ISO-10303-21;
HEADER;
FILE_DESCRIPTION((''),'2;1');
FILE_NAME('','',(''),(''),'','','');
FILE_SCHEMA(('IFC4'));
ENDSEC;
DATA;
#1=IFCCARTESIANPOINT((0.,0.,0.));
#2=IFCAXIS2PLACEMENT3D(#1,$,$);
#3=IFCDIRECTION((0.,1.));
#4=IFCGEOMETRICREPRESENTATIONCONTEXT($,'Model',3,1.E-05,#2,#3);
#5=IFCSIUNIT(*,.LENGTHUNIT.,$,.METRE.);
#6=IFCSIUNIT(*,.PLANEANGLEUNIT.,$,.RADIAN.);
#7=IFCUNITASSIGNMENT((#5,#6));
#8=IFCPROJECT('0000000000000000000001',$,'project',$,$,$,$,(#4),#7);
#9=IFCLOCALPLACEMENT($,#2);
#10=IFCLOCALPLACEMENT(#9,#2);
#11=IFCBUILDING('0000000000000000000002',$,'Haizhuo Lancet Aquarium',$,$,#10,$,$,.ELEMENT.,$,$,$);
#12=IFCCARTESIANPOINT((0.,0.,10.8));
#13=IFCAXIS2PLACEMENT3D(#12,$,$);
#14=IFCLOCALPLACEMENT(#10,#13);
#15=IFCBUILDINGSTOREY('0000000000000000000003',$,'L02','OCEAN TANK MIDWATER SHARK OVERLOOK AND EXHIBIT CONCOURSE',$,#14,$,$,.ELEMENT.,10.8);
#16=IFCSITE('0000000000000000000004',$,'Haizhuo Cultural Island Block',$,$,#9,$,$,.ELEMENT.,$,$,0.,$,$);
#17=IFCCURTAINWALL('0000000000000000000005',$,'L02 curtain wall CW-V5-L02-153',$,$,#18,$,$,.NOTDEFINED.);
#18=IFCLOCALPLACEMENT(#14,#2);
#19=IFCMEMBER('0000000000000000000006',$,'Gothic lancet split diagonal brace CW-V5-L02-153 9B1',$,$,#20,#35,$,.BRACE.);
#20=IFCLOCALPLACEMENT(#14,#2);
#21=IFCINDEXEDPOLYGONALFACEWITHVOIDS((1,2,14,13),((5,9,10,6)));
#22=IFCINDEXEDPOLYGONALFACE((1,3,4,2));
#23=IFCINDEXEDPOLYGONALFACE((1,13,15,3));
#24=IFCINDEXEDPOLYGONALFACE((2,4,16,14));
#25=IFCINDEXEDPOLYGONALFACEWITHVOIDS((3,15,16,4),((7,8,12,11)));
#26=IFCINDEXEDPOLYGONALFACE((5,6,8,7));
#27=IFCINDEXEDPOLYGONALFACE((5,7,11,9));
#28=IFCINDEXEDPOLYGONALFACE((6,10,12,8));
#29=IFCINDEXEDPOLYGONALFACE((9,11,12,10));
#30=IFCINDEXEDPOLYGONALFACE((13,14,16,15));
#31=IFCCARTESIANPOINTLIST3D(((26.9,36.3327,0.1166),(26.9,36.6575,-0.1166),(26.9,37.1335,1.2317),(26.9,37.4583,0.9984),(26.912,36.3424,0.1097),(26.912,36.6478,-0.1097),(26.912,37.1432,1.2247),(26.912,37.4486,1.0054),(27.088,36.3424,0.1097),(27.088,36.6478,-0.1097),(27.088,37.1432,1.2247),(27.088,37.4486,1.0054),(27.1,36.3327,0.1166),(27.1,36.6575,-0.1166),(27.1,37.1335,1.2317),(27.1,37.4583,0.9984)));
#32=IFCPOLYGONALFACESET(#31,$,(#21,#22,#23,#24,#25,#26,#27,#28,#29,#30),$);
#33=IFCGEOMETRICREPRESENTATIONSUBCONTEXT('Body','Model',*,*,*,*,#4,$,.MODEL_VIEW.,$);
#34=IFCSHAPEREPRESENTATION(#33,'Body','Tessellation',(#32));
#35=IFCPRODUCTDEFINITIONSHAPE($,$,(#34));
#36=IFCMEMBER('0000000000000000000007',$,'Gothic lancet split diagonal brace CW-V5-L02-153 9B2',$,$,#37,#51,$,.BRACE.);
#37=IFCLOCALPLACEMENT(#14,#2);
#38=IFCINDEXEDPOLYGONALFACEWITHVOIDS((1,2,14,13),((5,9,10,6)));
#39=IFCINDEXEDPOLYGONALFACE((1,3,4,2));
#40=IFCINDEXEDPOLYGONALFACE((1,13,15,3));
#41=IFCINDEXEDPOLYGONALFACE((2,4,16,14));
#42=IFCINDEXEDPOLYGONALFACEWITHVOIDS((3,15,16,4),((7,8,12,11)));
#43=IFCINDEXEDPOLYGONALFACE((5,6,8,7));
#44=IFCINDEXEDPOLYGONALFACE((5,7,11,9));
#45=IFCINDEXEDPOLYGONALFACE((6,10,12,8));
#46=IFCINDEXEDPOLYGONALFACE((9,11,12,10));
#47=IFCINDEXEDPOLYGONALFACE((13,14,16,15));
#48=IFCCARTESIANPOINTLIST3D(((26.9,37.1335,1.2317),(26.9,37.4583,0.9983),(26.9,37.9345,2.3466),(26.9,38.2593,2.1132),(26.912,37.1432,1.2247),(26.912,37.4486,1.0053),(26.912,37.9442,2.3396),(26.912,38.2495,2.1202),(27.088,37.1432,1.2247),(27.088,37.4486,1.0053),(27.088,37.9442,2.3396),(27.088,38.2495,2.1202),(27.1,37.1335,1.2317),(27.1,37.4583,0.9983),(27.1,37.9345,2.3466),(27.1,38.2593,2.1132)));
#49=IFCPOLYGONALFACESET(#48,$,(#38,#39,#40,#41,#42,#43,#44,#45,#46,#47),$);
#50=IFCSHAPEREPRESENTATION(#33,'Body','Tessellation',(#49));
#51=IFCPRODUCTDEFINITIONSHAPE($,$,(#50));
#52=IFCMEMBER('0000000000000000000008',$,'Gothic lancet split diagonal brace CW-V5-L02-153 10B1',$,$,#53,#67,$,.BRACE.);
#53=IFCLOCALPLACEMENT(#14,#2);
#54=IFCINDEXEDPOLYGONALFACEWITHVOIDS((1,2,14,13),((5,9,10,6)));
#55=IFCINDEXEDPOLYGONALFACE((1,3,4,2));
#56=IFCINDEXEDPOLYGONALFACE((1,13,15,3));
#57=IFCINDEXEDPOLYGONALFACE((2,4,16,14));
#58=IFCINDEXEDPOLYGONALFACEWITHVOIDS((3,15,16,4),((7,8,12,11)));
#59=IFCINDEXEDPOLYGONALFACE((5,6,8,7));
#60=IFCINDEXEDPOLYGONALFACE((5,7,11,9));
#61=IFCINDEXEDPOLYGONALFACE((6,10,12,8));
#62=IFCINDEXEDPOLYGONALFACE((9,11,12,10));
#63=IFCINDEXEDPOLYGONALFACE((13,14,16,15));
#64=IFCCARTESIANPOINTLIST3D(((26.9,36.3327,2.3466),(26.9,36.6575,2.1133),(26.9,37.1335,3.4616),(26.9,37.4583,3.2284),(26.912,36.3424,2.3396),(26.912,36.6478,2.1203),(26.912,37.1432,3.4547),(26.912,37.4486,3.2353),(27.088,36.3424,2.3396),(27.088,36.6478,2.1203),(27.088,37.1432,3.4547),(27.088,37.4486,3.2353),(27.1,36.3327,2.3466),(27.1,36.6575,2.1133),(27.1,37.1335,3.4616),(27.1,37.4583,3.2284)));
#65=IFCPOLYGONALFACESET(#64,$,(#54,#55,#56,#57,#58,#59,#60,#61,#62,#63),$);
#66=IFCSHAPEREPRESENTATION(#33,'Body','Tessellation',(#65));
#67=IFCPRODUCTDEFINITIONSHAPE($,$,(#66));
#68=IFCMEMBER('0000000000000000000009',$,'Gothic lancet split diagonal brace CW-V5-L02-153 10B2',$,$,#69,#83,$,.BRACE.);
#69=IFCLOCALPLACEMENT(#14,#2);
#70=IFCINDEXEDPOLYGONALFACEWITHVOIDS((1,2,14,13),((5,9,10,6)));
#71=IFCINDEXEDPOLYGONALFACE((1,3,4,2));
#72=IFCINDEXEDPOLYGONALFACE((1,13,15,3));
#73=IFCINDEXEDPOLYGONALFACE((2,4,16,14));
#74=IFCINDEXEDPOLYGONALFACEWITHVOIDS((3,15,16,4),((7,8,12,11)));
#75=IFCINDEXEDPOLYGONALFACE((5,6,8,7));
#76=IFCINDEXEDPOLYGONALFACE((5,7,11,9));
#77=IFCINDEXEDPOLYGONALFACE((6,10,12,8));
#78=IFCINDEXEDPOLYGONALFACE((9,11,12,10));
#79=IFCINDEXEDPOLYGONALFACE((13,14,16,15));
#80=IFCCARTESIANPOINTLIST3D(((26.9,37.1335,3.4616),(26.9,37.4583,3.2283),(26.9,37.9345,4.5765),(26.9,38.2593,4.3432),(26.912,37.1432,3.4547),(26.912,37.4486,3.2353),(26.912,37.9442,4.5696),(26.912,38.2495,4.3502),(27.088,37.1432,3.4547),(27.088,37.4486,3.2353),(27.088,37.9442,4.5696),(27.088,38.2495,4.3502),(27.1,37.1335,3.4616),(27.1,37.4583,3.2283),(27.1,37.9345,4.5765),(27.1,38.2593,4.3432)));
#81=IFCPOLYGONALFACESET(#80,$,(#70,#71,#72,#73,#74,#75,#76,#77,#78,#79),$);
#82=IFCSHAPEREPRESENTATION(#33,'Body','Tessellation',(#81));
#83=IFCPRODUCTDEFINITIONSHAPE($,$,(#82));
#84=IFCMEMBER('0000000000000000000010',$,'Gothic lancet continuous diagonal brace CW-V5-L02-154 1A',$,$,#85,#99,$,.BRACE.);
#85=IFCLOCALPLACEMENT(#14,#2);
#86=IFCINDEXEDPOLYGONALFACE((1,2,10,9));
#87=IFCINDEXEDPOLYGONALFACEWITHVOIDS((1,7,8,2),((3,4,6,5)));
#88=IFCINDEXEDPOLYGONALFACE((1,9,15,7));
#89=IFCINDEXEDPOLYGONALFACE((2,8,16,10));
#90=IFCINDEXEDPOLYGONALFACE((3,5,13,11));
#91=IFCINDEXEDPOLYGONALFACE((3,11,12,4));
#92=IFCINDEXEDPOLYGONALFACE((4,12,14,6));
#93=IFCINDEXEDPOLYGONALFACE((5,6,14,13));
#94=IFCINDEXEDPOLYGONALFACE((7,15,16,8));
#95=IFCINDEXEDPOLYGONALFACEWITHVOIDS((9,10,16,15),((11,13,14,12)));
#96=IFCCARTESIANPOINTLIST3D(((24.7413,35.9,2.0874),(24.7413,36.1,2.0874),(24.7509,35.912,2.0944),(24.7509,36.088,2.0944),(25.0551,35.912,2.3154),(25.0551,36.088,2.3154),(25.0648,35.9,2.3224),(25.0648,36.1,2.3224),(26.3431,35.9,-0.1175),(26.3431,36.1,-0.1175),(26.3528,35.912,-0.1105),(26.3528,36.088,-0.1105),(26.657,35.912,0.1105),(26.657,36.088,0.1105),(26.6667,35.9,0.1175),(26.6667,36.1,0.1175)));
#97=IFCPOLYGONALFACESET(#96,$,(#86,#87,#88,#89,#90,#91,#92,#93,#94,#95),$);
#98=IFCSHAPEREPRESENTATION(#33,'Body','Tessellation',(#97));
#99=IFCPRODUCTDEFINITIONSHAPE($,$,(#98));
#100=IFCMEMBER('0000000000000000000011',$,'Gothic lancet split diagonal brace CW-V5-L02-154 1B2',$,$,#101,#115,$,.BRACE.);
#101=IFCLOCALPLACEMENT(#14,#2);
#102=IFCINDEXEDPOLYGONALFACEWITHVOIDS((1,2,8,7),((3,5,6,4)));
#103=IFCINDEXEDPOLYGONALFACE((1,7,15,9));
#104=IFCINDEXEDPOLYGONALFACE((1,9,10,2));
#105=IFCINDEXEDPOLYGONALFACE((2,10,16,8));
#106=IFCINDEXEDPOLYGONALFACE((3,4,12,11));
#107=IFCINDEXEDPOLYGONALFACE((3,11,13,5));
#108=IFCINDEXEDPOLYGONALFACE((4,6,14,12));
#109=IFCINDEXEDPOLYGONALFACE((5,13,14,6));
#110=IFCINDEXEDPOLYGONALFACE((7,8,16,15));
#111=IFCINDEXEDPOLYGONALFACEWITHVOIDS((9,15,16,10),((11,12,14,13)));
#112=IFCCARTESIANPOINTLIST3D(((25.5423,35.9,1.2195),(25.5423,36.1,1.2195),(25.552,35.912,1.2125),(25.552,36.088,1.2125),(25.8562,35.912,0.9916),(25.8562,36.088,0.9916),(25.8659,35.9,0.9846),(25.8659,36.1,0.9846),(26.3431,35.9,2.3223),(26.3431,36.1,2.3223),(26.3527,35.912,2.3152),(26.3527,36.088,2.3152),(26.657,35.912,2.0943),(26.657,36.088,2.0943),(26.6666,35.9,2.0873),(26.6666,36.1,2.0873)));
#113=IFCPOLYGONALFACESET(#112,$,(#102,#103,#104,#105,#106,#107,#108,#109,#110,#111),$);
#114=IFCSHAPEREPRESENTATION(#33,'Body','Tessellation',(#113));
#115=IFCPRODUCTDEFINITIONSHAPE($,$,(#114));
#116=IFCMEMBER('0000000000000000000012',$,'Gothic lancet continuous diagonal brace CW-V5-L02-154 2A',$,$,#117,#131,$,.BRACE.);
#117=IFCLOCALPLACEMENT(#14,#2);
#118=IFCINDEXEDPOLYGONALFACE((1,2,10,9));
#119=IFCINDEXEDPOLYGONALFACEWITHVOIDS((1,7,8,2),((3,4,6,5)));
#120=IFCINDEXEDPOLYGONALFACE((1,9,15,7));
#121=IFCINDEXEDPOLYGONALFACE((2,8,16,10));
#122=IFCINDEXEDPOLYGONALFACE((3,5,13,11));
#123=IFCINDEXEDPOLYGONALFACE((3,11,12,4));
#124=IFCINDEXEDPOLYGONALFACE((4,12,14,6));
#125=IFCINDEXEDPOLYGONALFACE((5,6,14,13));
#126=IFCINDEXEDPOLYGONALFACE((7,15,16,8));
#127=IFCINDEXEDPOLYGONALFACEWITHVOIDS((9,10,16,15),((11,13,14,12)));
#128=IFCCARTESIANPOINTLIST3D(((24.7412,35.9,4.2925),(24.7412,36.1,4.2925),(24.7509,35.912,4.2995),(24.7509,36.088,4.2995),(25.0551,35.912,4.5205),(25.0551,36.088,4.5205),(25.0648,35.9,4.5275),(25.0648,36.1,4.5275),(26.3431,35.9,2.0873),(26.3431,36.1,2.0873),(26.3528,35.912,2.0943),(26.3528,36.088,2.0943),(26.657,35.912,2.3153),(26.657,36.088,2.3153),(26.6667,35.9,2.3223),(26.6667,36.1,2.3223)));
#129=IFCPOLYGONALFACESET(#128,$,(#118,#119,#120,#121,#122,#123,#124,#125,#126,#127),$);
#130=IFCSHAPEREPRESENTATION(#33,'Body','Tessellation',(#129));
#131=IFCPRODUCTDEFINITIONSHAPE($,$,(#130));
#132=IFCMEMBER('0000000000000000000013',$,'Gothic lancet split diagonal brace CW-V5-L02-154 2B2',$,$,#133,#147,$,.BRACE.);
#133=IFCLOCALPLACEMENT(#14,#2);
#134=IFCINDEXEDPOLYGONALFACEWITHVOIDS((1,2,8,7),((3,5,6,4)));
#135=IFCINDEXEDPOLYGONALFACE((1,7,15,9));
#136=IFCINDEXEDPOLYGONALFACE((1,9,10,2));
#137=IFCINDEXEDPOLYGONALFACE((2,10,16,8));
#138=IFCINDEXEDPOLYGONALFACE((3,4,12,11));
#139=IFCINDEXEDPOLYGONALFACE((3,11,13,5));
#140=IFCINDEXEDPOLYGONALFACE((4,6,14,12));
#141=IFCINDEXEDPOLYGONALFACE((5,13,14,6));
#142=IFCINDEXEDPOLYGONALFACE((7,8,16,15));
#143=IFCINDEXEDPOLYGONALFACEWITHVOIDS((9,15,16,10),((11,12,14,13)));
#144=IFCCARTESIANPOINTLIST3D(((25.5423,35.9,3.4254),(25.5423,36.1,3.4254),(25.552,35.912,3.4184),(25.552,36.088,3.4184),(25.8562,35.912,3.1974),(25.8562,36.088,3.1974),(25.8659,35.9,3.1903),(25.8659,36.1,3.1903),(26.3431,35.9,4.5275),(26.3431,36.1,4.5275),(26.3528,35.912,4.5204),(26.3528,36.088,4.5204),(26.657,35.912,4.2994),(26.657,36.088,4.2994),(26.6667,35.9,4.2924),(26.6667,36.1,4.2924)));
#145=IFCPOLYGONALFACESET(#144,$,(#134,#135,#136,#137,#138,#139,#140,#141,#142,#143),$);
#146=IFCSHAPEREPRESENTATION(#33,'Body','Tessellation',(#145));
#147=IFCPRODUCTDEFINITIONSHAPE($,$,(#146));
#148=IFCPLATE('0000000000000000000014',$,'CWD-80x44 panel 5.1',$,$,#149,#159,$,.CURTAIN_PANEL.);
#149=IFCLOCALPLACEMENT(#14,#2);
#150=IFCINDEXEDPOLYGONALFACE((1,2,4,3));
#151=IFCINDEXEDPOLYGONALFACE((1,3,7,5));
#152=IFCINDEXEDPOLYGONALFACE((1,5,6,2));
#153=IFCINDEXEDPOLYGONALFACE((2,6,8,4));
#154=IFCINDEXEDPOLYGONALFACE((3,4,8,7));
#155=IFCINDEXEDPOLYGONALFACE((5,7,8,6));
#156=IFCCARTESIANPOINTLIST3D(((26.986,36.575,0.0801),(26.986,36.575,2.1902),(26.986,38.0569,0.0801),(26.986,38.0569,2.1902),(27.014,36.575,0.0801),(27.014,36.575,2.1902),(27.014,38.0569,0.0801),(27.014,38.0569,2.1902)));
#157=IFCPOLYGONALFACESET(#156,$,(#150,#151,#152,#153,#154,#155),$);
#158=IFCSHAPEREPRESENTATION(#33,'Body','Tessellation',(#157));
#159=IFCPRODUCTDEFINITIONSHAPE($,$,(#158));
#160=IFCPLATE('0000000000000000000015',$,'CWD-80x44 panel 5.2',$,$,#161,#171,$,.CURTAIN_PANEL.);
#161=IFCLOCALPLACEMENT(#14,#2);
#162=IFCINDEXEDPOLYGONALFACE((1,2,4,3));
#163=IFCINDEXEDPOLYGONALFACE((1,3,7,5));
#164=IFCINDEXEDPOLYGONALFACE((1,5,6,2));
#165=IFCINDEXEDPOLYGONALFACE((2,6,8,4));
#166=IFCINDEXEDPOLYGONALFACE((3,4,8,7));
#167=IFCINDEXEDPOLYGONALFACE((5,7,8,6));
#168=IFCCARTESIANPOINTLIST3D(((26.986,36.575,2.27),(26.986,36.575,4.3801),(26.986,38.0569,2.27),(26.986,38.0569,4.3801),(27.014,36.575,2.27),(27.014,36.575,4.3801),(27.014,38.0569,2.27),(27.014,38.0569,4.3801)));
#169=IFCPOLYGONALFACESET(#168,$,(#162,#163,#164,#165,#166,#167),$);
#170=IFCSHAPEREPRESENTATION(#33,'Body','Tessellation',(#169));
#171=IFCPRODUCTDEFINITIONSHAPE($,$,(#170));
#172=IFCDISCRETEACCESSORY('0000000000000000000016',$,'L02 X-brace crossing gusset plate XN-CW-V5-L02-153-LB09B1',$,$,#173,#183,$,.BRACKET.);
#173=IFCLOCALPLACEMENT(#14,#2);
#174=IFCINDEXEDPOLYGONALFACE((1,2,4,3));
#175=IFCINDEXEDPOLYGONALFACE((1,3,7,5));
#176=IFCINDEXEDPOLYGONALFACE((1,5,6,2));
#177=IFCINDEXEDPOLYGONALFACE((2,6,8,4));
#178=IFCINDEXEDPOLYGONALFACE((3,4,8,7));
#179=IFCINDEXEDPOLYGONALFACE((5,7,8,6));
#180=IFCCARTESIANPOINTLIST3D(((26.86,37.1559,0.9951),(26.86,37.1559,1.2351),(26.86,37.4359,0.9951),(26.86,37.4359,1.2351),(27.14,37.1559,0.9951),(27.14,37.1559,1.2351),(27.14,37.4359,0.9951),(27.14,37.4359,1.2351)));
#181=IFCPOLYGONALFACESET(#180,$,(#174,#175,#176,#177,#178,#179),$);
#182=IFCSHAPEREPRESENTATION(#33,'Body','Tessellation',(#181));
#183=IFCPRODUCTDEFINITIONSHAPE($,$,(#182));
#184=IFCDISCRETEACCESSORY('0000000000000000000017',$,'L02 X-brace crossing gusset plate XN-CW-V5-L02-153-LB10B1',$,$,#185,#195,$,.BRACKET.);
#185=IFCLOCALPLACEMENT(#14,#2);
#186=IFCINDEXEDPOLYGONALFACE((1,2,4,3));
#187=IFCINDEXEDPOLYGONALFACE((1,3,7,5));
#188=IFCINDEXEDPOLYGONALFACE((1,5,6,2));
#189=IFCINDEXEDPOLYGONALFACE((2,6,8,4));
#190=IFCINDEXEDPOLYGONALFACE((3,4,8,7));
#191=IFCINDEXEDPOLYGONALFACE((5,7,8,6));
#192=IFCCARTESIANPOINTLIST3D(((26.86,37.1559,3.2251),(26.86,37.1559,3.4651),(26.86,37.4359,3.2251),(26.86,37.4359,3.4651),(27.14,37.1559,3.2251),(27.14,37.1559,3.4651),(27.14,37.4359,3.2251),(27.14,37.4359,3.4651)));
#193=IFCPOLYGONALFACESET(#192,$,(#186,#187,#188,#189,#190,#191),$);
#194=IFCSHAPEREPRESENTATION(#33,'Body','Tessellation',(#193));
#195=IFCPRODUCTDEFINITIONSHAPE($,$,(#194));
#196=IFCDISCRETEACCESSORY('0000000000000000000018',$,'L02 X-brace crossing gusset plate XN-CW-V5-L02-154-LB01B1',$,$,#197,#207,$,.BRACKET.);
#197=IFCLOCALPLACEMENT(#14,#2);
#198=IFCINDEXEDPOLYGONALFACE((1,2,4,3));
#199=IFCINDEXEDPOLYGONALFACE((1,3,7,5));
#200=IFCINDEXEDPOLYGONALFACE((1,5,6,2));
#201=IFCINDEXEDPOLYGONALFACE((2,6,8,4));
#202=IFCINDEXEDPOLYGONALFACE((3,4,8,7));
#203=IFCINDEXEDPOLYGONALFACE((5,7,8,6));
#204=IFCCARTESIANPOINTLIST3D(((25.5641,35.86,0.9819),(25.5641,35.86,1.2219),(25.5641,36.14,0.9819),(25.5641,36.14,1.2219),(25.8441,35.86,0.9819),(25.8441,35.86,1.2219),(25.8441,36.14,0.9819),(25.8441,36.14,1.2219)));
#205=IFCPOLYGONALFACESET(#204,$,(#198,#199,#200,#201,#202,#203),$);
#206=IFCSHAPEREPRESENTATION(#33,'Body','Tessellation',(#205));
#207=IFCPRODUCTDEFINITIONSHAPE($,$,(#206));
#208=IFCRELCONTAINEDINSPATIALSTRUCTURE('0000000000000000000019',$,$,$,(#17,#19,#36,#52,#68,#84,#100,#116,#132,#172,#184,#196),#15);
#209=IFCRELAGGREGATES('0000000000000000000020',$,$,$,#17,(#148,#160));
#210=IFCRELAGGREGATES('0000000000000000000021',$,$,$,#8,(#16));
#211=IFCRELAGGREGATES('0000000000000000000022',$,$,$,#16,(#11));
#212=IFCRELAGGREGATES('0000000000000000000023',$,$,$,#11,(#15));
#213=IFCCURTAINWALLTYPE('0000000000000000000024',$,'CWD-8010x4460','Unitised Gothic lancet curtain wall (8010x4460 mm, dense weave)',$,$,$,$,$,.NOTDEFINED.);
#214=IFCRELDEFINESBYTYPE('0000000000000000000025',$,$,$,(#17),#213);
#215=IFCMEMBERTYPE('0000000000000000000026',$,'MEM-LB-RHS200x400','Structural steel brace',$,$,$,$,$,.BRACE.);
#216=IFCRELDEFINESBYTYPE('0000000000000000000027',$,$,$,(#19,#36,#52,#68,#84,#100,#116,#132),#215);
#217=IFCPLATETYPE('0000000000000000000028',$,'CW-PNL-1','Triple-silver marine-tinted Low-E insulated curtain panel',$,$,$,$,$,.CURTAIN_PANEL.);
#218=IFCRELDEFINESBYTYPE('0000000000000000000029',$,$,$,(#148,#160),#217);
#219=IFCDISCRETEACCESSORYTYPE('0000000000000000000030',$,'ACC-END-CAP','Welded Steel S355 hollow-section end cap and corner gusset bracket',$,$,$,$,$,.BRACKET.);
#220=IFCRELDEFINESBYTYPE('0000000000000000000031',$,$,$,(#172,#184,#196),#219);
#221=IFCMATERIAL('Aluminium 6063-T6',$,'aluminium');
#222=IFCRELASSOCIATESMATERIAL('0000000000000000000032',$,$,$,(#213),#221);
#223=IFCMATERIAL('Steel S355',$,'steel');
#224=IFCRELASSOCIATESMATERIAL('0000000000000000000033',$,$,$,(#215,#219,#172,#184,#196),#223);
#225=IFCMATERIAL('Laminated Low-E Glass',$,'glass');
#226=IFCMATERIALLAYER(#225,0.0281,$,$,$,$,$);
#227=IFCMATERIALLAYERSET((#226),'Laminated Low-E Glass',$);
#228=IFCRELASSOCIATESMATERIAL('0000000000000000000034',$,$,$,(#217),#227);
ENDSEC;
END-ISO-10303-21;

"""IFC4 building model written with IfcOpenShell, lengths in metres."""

from ifc_helpers import new_model, si_unit, direction, frame, origin, origin_2d, place, context, subcontext, project, spatial, rectangle, hollow_rectangle, extrude, material, layer, layer_set, material_profile, profile_set, type_object, element, aggregate, save


model = new_model("IFC4")

# Units and contexts
model_context = context("Model", 3, precision=1e-05, world=origin(), true_north=direction((0.0, 1.0)))
body_context = subcontext(model_context, "Body", "Model", "MODEL_VIEW")
ifc_project = project(units=[si_unit("LENGTHUNIT", "METRE"), si_unit("PLANEANGLEUNIT", "RADIAN")], contexts=[model_context])

# Site, building, storey
site_placement = place(None, origin())
site = spatial("IfcSite", under=ifc_project, at=site_placement, Name="Haizhuo Cultural Island Block", CompositionType="ELEMENT", RefElevation=0.0)
building_placement = place(site_placement, origin())
building = spatial("IfcBuilding", under=site, at=building_placement, Name="Haizhuo Lancet Aquarium", CompositionType="ELEMENT")
storey_placement = place(building_placement, frame((0.0, 0.0, 10.8)))
storey = spatial("IfcBuildingStorey", under=building, at=storey_placement, Name="L02", Description="OCEAN TANK MIDWATER SHARK OVERLOOK AND EXHIBIT CONCOURSE", CompositionType="ELEMENT", Elevation=10.8)

# Curtain wall
ifc_material_1 = material(Name="Aluminium 6063-T6", Category="aluminium")
curtain_wall_type_1 = type_object("IfcCurtainWallType", Name="CWD-8010x4460", Description="Unitised Gothic lancet curtain wall (8010x4460 mm, dense weave)", PredefinedType="NOTDEFINED", material=ifc_material_1)
curtain_wall_1_placement = place(storey_placement, origin())
curtain_wall_1 = element("IfcCurtainWall", 1, at=curtain_wall_1_placement, inside=storey, type_object=curtain_wall_type_1, Name="L02 curtain wall CW-V5-L02-153", PredefinedType="NOTDEFINED")

# Members
ifc_material_2 = material(Name="Steel S355", Category="steel")
ifc_material_profile_1 = material_profile(ifc_material_2, hollow_rectangle(XDim=0.2, YDim=0.3999, WallThickness=0.012, at=origin_2d()), Name="RHS 200x400x12")
ifc_profile_set_1 = profile_set([ifc_material_profile_1], Name="Steel S355")
member_type_1 = type_object("IfcMemberType", Name="MEM-LB-RHS200x400", Description="Structural steel brace", PredefinedType="BRACE", material=ifc_profile_set_1)
for number, where, z_axis, x_axis, name in (
    (2, (27.0, 36.4951, 0.0), (0.0, 0.583339, 0.812229), (-1.0, 0.0, 0.0), "Gothic lancet split diagonal brace CW-V5-L02-153 9B1"),
    (3, (27.0, 37.2959, 1.115), (0.0, 0.583456, 0.812144), (-1.0, 0.0, 0.0), "Gothic lancet split diagonal brace CW-V5-L02-153 9B2"),
    (4, (27.0, 36.4951, 2.23), (0.0, 0.583339, 0.812229), (-1.0, 0.0, 0.0), "Gothic lancet split diagonal brace CW-V5-L02-153 10B1"),
    (5, (27.0, 37.2959, 3.345), (0.0, 0.583456, 0.812144), (-1.0, 0.0, 0.0), "Gothic lancet split diagonal brace CW-V5-L02-153 10B2"),
):
    element("IfcMember", number, at=place(storey_placement, frame(where, z_axis=z_axis, x_axis=x_axis)), inside=storey, type_object=member_type_1, Name=name, PredefinedType="BRACE", context=body_context, shape_type="SweptSolid", body=[
        extrude(hollow_rectangle(XDim=0.2, YDim=0.3999, WallThickness=0.012, at=origin_2d()), origin(), (0.0, 0.0, 1.0), 1.3728),
    ])
member_1_placement = place(storey_placement, frame((26.5049, 36.0, 0.0), z_axis=(-0.587761, 0.0, 0.809034), x_axis=(0.0, -1.0, 0.0)))
element("IfcMember", 6, at=member_1_placement, inside=storey, type_object=member_type_1, Name="Gothic lancet continuous diagonal brace CW-V5-L02-154 1A", PredefinedType="BRACE", context=body_context, shape_type="SweptSolid", body=[
    extrude(hollow_rectangle(XDim=0.2, YDim=0.3999, WallThickness=0.012, at=origin_2d()), origin(), (0.0, 0.0, 1.0), 2.7253),
])
member_2_placement = place(storey_placement, frame((25.7041, 36.0, 1.1021), z_axis=(0.587575, 0.0, 0.80917), x_axis=(0.0, 1.0, 0.0)))
element("IfcMember", 7, at=member_2_placement, inside=storey, type_object=member_type_1, Name="Gothic lancet split diagonal brace CW-V5-L02-154 1B2", PredefinedType="BRACE", context=body_context, shape_type="SweptSolid", body=[
    extrude(hollow_rectangle(XDim=0.2, YDim=0.3999, WallThickness=0.012, at=origin_2d()), origin(), (0.0, 0.0, 1.0), 1.3628),
])
member_3_placement = place(storey_placement, frame((26.5049, 36.0, 2.2048), z_axis=(-0.587719, 0.0, 0.809065), x_axis=(0.0, -1.0, 0.0)))
element("IfcMember", 8, at=member_3_placement, inside=storey, type_object=member_type_1, Name="Gothic lancet continuous diagonal brace CW-V5-L02-154 2A", PredefinedType="BRACE", context=body_context, shape_type="SweptSolid", body=[
    extrude(hollow_rectangle(XDim=0.2, YDim=0.3999, WallThickness=0.012, at=origin_2d()), origin(), (0.0, 0.0, 1.0), 2.7256),
])
member_4_placement = place(storey_placement, frame((25.7041, 36.0, 3.3079), z_axis=(0.587831, 0.0, 0.808984), x_axis=(0.0, 1.0, 0.0)))
element("IfcMember", 9, at=member_4_placement, inside=storey, type_object=member_type_1, Name="Gothic lancet split diagonal brace CW-V5-L02-154 2B2", PredefinedType="BRACE", context=body_context, shape_type="SweptSolid", body=[
    extrude(hollow_rectangle(XDim=0.2, YDim=0.3999, WallThickness=0.012, at=origin_2d()), origin(), (0.0, 0.0, 1.0), 1.3623),
])

# Plates
ifc_material_3 = material(Name="Laminated Low-E Glass", Category="glass")
ifc_layer = layer(ifc_material_3, 0.0281)
ifc_layer_set = layer_set([ifc_layer], Name="Laminated Low-E Glass")
plate_type = type_object("IfcPlateType", Name="CW-PNL-1", Description="Triple-silver marine-tinted Low-E insulated curtain panel", PredefinedType="CURTAIN_PANEL", material=ifc_layer_set)
plate_1_placement = place(storey_placement, frame((27.0, 37.3159, 0.0801), z_axis=(0.0, 0.0, 1.0), x_axis=(0.0, -1.0, 0.0)))
plate_1 = element("IfcPlate", 10, at=plate_1_placement, type_object=plate_type, Name="CWD-80x44 panel 5.1", PredefinedType="CURTAIN_PANEL", context=body_context, shape_type="SweptSolid", body=[
    extrude(rectangle(XDim=1.4819, YDim=0.0281, at=origin_2d()), origin(), (0.0, 0.0, 1.0), 2.1101),
])
plate_2_placement = place(storey_placement, frame((27.0, 37.3159, 2.27), z_axis=(0.0, 0.0, 1.0), x_axis=(0.0, -1.0, 0.0)))
plate_2 = element("IfcPlate", 11, at=plate_2_placement, type_object=plate_type, Name="CWD-80x44 panel 5.2", PredefinedType="CURTAIN_PANEL", context=body_context, shape_type="SweptSolid", body=[
    extrude(rectangle(XDim=1.4819, YDim=0.0281, at=origin_2d()), origin(), (0.0, 0.0, 1.0), 2.1101),
])
aggregate(curtain_wall_1, [plate_1, plate_2])

# Discrete accessories
discrete_accessory_type = type_object("IfcDiscreteAccessoryType", Name="ACC-END-CAP", Description="Welded Steel S355 hollow-section end cap and corner gusset bracket", PredefinedType="BRACKET", material=ifc_material_2)
for number, where, z_axis, x_axis, name in (
    (12, (27.0, 37.2959, 0.9951), (0.0, 0.0, 1.0), (1.0, 0.0, 0.0), "L02 X-brace crossing gusset plate XN-CW-V5-L02-153-LB09B1"),
    (13, (27.0, 37.2959, 3.2251), (0.0, 0.0, 1.0), (1.0, 0.0, 0.0), "L02 X-brace crossing gusset plate XN-CW-V5-L02-153-LB10B1"),
    (14, (25.7041, 36.0, 0.9819), (0.0, 0.0, 1.0), (1.0, 0.0, 0.0), "L02 X-brace crossing gusset plate XN-CW-V5-L02-154-LB01B1"),
):
    element("IfcDiscreteAccessory", number, at=place(storey_placement, frame(where, z_axis=z_axis, x_axis=x_axis)), inside=storey, type_object=discrete_accessory_type, material=ifc_material_2, Name=name, PredefinedType="BRACKET", context=body_context, shape_type="SweptSolid", body=[
        extrude(rectangle(XDim=0.28, YDim=0.28, at=origin_2d()), origin(), (0.0, 0.0, 1.0), 0.24),
    ])

save(model, "model.ifc")
